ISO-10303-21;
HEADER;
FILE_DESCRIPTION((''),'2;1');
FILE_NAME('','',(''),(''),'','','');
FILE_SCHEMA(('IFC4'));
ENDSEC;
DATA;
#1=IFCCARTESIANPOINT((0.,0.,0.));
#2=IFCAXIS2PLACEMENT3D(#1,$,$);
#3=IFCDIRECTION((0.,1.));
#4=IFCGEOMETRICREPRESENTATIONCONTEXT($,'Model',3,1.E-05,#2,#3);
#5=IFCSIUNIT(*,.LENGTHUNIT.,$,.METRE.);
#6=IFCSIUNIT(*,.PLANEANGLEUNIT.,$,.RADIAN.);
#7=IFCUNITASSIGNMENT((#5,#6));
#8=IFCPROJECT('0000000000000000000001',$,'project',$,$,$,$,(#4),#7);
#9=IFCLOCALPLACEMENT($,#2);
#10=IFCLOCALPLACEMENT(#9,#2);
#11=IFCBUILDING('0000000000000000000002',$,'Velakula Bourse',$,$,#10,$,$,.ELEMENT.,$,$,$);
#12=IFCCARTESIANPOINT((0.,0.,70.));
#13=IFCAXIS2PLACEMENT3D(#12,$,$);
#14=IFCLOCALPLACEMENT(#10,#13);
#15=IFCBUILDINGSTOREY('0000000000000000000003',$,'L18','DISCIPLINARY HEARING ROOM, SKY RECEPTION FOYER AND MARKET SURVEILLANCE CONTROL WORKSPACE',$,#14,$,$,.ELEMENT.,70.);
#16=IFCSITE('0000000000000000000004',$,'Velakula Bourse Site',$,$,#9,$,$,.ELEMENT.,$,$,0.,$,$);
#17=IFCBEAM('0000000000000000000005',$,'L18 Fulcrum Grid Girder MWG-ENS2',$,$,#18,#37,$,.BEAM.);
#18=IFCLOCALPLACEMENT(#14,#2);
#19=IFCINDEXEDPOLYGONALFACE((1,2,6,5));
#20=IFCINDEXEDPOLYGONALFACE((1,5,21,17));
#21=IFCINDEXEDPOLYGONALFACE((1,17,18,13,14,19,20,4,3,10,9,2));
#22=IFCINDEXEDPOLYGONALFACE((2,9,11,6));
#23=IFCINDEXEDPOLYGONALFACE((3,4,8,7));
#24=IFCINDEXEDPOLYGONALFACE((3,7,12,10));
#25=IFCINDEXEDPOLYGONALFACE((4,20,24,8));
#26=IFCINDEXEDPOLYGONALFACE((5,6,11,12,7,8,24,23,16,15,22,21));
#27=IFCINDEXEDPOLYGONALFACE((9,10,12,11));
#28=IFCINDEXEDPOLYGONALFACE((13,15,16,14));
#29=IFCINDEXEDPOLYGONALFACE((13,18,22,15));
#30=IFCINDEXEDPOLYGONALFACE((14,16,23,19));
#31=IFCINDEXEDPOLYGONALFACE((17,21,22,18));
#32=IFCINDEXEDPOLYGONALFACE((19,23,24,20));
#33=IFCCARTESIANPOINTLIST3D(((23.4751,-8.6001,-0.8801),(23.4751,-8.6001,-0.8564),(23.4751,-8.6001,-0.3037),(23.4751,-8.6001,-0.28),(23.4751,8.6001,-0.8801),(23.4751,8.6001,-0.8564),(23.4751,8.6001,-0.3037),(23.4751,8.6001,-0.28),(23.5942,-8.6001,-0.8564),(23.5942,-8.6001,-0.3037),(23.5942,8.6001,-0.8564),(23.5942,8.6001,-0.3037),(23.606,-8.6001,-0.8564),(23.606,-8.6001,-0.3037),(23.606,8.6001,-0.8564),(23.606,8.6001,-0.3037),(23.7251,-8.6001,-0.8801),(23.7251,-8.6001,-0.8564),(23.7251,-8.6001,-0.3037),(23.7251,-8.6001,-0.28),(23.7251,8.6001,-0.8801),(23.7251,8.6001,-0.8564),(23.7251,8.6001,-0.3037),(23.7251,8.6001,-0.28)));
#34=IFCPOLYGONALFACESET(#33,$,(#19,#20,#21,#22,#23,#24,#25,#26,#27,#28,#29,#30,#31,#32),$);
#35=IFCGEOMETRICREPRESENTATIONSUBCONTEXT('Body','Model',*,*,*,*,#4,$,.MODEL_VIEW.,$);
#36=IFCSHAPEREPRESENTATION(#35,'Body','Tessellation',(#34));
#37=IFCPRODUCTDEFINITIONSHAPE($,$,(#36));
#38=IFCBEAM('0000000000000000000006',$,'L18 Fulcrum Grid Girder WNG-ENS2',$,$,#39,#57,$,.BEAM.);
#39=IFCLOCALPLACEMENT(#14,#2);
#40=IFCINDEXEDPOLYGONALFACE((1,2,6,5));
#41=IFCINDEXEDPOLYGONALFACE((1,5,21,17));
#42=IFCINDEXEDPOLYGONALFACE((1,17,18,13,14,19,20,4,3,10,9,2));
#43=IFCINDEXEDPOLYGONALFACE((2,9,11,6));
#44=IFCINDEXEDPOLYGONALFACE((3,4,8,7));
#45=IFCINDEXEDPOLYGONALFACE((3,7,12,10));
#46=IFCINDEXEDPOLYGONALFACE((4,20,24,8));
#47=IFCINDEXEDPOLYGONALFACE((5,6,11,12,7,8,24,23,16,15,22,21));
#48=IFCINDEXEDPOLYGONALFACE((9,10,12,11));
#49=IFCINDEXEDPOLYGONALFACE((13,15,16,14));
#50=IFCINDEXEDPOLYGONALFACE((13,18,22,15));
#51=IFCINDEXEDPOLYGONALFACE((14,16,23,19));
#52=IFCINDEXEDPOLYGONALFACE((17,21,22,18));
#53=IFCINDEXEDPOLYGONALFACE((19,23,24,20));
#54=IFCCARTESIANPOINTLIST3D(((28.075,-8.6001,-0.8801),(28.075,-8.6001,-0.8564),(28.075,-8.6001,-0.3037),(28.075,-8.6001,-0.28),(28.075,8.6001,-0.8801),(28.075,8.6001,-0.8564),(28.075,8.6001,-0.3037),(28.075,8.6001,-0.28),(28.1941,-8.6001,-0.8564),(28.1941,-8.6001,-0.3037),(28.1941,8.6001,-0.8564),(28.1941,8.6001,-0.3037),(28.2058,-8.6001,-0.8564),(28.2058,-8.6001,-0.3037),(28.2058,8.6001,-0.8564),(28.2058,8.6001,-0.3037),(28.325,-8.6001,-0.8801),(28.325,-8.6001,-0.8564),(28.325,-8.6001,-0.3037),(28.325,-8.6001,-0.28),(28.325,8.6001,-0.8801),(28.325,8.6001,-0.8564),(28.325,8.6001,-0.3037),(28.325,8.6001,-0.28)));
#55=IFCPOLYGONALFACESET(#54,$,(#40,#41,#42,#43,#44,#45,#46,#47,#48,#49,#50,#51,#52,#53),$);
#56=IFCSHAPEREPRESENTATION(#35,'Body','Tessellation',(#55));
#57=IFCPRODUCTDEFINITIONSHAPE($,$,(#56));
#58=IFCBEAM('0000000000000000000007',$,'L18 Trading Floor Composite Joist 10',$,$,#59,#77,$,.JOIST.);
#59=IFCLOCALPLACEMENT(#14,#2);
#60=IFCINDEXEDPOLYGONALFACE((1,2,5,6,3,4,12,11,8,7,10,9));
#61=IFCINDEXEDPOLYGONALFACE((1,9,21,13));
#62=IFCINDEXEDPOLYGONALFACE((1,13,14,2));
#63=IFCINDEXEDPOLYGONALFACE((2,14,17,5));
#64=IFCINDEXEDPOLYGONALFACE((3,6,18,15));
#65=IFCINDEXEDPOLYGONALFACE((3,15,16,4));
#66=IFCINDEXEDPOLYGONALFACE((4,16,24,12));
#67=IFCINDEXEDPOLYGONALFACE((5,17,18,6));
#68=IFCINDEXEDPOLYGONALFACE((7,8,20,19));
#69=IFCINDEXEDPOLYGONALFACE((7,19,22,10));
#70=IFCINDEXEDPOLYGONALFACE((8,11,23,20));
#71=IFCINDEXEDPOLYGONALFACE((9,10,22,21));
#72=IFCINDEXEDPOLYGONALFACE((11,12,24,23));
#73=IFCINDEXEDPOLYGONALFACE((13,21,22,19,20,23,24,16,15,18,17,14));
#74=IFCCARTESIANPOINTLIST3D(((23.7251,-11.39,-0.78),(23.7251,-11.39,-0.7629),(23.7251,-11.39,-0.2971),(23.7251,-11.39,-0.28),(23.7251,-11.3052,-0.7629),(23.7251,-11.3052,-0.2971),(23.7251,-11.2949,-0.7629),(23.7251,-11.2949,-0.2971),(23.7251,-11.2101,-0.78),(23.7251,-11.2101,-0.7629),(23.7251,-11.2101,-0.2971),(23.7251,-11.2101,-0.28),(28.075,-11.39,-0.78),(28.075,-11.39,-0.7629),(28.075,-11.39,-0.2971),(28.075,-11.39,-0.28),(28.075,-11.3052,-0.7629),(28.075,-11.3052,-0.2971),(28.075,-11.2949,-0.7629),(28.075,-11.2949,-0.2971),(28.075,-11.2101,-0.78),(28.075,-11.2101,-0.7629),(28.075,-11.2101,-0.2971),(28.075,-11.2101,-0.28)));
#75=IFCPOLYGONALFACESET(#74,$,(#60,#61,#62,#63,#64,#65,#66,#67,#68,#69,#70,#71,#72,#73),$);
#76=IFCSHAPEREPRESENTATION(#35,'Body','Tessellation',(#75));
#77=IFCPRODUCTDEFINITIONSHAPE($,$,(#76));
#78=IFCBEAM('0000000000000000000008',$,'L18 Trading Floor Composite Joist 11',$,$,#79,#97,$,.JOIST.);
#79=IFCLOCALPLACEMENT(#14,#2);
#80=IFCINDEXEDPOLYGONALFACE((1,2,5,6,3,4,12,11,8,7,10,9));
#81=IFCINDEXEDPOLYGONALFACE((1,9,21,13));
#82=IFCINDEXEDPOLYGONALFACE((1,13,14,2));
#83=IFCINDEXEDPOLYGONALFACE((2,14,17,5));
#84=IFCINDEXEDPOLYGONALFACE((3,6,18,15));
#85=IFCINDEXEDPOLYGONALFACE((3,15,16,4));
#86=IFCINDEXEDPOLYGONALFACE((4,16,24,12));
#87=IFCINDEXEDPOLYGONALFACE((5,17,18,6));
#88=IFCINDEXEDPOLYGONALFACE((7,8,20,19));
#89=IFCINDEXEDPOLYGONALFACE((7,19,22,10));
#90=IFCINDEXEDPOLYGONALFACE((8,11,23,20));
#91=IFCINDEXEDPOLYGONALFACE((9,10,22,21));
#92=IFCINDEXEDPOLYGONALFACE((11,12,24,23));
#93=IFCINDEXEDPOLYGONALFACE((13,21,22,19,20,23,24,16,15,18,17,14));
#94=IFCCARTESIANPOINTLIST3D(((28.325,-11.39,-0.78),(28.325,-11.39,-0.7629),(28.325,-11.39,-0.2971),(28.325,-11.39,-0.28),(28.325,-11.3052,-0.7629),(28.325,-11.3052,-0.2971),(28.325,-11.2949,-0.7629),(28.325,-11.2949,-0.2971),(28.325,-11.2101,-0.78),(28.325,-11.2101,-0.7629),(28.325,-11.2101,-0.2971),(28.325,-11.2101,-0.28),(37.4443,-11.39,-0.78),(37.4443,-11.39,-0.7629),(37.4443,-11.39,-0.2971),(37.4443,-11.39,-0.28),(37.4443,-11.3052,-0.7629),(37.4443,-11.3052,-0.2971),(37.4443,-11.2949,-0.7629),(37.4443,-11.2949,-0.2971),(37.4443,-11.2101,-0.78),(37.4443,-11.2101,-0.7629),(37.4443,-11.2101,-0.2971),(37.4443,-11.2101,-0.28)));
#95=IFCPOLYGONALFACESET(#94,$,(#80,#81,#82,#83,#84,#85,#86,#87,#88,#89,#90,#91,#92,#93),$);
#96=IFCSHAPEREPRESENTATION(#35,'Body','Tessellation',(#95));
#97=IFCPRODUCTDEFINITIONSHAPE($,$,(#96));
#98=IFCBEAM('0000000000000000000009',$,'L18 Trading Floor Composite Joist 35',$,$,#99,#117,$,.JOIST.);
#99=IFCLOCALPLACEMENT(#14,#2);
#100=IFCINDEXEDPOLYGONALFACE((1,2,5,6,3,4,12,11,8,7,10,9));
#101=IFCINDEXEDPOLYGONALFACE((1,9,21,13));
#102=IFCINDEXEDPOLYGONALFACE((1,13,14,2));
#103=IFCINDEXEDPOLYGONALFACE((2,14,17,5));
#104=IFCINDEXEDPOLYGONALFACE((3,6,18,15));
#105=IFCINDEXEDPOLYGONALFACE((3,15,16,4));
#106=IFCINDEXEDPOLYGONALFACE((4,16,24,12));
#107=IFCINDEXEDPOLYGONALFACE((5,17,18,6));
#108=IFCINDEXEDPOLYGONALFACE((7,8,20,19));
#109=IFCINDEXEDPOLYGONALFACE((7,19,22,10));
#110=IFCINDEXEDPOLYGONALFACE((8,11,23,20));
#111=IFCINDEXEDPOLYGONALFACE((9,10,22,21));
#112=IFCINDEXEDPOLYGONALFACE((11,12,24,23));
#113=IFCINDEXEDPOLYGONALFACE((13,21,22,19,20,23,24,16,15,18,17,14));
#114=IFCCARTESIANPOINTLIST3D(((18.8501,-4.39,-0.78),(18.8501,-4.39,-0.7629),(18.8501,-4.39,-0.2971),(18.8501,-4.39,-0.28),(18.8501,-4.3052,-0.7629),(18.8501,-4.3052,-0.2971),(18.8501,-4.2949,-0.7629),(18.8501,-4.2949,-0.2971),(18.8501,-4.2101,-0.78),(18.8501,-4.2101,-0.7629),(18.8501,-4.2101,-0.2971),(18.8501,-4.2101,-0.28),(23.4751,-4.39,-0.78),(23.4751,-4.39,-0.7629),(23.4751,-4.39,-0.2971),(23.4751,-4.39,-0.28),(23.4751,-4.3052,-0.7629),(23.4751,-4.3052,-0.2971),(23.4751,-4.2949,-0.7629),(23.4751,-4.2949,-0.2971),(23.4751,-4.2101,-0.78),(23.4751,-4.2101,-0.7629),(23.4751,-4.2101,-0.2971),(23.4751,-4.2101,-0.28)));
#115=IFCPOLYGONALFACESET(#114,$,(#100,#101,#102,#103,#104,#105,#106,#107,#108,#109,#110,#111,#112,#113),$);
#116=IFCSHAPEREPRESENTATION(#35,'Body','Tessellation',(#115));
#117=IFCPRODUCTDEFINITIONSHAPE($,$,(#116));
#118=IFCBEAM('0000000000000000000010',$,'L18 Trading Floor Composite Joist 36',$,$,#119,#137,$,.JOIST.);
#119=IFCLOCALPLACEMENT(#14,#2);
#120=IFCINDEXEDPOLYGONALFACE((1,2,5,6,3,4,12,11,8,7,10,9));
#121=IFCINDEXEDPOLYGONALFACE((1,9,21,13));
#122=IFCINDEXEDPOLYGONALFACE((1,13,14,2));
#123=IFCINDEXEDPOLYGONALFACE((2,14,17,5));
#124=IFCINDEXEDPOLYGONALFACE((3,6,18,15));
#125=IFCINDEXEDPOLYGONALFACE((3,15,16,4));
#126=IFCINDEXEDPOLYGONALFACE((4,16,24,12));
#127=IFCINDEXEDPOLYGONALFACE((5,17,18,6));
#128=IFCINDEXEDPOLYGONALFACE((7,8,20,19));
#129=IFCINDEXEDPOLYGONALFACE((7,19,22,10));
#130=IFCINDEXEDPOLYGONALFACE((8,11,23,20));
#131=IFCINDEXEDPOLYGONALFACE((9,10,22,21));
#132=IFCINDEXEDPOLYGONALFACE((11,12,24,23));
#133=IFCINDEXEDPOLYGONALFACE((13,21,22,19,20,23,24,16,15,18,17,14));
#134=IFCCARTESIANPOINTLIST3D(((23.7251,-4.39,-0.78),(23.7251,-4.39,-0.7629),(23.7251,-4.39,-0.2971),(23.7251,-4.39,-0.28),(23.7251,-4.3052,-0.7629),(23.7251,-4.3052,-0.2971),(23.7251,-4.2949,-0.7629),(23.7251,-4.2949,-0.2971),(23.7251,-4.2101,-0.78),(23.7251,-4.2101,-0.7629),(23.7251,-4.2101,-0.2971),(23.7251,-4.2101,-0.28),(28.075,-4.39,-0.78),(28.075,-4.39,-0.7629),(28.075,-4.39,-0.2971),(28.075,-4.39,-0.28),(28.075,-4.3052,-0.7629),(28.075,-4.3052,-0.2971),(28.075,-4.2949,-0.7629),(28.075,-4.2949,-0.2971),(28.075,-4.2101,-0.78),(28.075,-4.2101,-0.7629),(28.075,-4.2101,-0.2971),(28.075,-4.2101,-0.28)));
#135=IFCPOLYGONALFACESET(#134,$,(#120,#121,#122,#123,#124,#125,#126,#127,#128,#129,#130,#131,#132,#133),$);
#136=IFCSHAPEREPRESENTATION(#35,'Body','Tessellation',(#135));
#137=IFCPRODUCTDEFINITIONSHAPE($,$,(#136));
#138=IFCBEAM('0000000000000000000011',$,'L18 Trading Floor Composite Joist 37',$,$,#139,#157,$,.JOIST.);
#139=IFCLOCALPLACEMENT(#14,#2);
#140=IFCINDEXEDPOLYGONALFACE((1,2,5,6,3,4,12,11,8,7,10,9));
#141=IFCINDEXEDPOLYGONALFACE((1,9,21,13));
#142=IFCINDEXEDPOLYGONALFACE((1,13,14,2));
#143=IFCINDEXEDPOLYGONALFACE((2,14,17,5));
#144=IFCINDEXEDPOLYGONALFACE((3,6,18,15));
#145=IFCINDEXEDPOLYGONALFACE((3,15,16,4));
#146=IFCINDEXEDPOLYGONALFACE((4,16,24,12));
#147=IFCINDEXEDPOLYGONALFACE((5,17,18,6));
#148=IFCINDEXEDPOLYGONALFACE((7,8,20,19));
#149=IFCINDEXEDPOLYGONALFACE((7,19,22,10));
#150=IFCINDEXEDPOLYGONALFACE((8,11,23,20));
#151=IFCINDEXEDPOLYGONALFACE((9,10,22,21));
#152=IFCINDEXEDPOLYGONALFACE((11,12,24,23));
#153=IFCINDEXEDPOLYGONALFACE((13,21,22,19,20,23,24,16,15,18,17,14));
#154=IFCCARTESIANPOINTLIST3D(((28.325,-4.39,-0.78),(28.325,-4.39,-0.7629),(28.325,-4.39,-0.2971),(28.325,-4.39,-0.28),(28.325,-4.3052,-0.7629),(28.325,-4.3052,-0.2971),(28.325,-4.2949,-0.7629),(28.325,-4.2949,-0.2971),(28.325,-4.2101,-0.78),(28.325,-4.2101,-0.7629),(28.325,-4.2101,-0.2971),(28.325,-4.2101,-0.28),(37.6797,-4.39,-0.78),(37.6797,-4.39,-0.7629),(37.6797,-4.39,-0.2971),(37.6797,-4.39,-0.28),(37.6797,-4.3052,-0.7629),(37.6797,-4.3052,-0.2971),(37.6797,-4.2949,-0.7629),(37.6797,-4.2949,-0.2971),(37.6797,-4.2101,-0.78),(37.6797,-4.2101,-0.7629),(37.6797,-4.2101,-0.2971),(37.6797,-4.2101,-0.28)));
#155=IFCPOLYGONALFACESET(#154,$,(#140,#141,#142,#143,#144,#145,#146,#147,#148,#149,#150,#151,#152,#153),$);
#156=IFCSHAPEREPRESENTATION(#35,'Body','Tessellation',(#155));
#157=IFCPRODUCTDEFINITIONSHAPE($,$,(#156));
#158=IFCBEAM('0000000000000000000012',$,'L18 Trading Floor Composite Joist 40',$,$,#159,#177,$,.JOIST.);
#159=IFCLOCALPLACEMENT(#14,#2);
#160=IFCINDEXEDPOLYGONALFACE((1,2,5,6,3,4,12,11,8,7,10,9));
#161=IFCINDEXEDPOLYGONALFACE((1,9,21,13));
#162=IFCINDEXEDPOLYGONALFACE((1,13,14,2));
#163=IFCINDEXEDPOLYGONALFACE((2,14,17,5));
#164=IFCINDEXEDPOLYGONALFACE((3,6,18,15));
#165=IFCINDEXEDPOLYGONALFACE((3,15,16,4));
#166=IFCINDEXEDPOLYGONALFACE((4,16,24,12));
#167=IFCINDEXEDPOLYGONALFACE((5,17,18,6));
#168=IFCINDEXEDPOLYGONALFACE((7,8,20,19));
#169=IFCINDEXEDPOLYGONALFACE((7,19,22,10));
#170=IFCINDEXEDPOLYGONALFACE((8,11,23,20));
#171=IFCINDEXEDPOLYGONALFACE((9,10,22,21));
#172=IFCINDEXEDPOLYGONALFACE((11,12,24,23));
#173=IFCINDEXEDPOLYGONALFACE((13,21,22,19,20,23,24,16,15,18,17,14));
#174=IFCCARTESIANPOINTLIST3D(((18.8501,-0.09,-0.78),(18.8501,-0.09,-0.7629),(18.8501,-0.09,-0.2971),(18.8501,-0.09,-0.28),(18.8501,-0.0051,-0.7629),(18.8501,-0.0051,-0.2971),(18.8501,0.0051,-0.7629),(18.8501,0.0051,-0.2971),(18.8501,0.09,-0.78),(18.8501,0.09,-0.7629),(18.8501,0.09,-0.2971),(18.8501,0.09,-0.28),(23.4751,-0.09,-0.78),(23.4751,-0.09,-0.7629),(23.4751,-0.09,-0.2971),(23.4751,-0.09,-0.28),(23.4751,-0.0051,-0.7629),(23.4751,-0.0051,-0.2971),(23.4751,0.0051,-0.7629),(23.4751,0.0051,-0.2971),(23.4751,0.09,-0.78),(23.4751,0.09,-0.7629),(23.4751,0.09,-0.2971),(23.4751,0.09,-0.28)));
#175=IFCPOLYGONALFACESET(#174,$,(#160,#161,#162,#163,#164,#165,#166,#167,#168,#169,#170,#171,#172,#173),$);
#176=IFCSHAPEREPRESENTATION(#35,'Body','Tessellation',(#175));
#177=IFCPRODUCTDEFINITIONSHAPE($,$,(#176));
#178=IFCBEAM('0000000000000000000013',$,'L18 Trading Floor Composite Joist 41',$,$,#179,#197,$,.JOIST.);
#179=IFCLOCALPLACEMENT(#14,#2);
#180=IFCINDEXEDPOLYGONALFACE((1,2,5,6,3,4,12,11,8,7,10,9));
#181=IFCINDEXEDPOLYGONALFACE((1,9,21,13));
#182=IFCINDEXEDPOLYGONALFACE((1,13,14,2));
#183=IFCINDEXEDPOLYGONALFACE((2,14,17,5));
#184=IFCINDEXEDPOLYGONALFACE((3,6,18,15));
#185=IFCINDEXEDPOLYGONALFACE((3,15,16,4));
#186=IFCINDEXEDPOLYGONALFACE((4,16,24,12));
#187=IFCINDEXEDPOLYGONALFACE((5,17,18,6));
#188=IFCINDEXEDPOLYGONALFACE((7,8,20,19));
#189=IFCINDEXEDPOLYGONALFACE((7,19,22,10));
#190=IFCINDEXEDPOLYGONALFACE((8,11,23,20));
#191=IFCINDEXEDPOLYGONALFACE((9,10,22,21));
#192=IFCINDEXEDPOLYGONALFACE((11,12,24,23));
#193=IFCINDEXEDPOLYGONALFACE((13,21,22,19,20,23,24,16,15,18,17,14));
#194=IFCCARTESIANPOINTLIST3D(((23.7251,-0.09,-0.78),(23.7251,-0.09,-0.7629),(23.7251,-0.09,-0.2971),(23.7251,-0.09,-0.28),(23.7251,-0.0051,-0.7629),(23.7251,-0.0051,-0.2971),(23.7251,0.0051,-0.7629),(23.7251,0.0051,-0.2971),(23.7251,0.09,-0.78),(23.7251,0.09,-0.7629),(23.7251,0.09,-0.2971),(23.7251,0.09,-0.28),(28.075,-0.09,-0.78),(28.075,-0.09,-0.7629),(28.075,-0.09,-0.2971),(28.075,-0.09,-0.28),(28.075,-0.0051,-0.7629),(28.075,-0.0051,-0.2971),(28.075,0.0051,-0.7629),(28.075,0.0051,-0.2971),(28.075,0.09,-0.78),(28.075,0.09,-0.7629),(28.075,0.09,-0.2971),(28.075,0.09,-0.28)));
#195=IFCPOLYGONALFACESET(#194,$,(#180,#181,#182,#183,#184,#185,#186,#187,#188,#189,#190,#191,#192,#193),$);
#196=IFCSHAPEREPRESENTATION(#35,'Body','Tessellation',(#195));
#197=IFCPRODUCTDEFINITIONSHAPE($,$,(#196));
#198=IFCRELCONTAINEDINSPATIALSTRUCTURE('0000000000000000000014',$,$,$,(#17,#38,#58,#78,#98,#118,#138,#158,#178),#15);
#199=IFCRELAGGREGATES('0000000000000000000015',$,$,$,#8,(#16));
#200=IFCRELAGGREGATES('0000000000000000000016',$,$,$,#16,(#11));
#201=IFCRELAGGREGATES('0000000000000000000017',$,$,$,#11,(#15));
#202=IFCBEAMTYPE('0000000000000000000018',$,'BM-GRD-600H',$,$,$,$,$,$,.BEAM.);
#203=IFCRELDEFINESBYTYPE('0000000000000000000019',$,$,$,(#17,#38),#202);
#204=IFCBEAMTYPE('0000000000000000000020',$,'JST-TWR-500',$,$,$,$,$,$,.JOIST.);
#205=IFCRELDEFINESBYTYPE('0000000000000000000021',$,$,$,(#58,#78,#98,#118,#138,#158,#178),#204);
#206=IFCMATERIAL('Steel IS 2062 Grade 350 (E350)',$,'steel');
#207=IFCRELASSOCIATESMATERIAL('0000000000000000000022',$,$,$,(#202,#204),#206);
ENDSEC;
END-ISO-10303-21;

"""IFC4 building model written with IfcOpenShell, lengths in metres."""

from ifc_helpers import new_model, si_unit, direction, frame, origin, origin_2d, place, context, subcontext, project, spatial, i_section, extrude, material, material_profile, profile_set, type_object, element, save


model = new_model("IFC4")

# Units and contexts
model_context = context("Model", 3, precision=1e-05, world=origin(), true_north=direction((0.0, 1.0)))
body_context = subcontext(model_context, "Body", "Model", "MODEL_VIEW")
ifc_project = project(units=[si_unit("LENGTHUNIT", "METRE"), si_unit("PLANEANGLEUNIT", "RADIAN")], contexts=[model_context])

# Site, building, storey
site_placement = place(None, origin())
site = spatial("IfcSite", under=ifc_project, at=site_placement, Name="Velakula Bourse Site", CompositionType="ELEMENT", RefElevation=0.0)
building_placement = place(site_placement, origin())
building = spatial("IfcBuilding", under=site, at=building_placement, Name="Velakula Bourse", CompositionType="ELEMENT")
storey_placement = place(building_placement, frame((0.0, 0.0, 70.0)))
storey = spatial("IfcBuildingStorey", under=building, at=storey_placement, Name="L18", Description="DISCIPLINARY HEARING ROOM, SKY RECEPTION FOYER AND MARKET SURVEILLANCE CONTROL WORKSPACE", CompositionType="ELEMENT", Elevation=70.0)

# Beams
ifc_material_1 = material(Name="Steel IS 2062 Grade 350 (E350)", Category="steel")
ifc_material_profile_1 = material_profile(ifc_material_1, i_section(OverallWidth=0.25, OverallDepth=0.6001, WebThickness=0.0117, FlangeThickness=0.0237, at=origin_2d()), Name="Steel IS 2062 Grade 350 (E350)")
ifc_profile_set_1 = profile_set([ifc_material_profile_1], Name="Steel IS 2062 Grade 350 (E350)")
beam_type_1 = type_object("IfcBeamType", Name="BM-GRD-600H", PredefinedType="BEAM", material=ifc_profile_set_1)
for number, where, z_axis, x_axis, name in (
    (1, (23.6001, -8.6001, -0.5801), (0.0, 1.0, 0.0), (-1.0, 0.0, 0.0), "L18 Fulcrum Grid Girder MWG-ENS2"),
    (2, (28.2, -8.6001, -0.5801), (0.0, 1.0, 0.0), (-1.0, 0.0, 0.0), "L18 Fulcrum Grid Girder WNG-ENS2"),
):
    element("IfcBeam", number, at=place(storey_placement, frame(where, z_axis=z_axis, x_axis=x_axis)), inside=storey, type_object=beam_type_1, Name=name, PredefinedType="BEAM", context=body_context, shape_type="SweptSolid", body=[
        extrude(i_section(OverallWidth=0.25, OverallDepth=0.6001, WebThickness=0.0117, FlangeThickness=0.0237, at=origin_2d()), origin(), (0.0, 0.0, 1.0), 17.2002),
    ])
ifc_material_profile_2 = material_profile(ifc_material_1, i_section(OverallWidth=0.1799, OverallDepth=0.5, WebThickness=0.0103, FlangeThickness=0.0171, at=origin_2d()), Name="Steel IS 2062 Grade 350 (E350)")
ifc_profile_set_2 = profile_set([ifc_material_profile_2], Name="Steel IS 2062 Grade 350 (E350)")
beam_type_2 = type_object("IfcBeamType", Name="JST-TWR-500", PredefinedType="JOIST", material=ifc_profile_set_2)
beam_1_placement = place(storey_placement, frame((23.7251, -11.3, -0.53), z_axis=(1.0, 0.0, 0.0), x_axis=(0.0, 1.0, 0.0)))
element("IfcBeam", 3, at=beam_1_placement, inside=storey, type_object=beam_type_2, Name="L18 Trading Floor Composite Joist 10", PredefinedType="JOIST", context=body_context, shape_type="SweptSolid", body=[
    extrude(i_section(OverallWidth=0.1799, OverallDepth=0.5, WebThickness=0.0103, FlangeThickness=0.0171, at=origin_2d()), origin(), (0.0, 0.0, 1.0), 4.3499),
])
beam_2_placement = place(storey_placement, frame((28.325, -11.3, -0.53), z_axis=(1.0, 0.0, 0.0), x_axis=(0.0, 1.0, 0.0)))
element("IfcBeam", 4, at=beam_2_placement, inside=storey, type_object=beam_type_2, Name="L18 Trading Floor Composite Joist 11", PredefinedType="JOIST", context=body_context, shape_type="SweptSolid", body=[
    extrude(i_section(OverallWidth=0.1799, OverallDepth=0.5, WebThickness=0.0103, FlangeThickness=0.0171, at=origin_2d()), origin(), (0.0, 0.0, 1.0), 9.1194),
])
beam_3_placement = place(storey_placement, frame((18.8501, -4.3, -0.53), z_axis=(1.0, 0.0, 0.0), x_axis=(0.0, 1.0, 0.0)))
element("IfcBeam", 5, at=beam_3_placement, inside=storey, type_object=beam_type_2, Name="L18 Trading Floor Composite Joist 35", PredefinedType="JOIST", context=body_context, shape_type="SweptSolid", body=[
    extrude(i_section(OverallWidth=0.1799, OverallDepth=0.5, WebThickness=0.0103, FlangeThickness=0.0171, at=origin_2d()), origin(), (0.0, 0.0, 1.0), 4.625),
])
beam_4_placement = place(storey_placement, frame((23.7251, -4.3, -0.53), z_axis=(1.0, 0.0, 0.0), x_axis=(0.0, 1.0, 0.0)))
element("IfcBeam", 6, at=beam_4_placement, inside=storey, type_object=beam_type_2, Name="L18 Trading Floor Composite Joist 36", PredefinedType="JOIST", context=body_context, shape_type="SweptSolid", body=[
    extrude(i_section(OverallWidth=0.1799, OverallDepth=0.5, WebThickness=0.0103, FlangeThickness=0.0171, at=origin_2d()), origin(), (0.0, 0.0, 1.0), 4.3499),
])
beam_5_placement = place(storey_placement, frame((28.325, -4.3, -0.53), z_axis=(1.0, 0.0, 0.0), x_axis=(0.0, 1.0, 0.0)))
element("IfcBeam", 7, at=beam_5_placement, inside=storey, type_object=beam_type_2, Name="L18 Trading Floor Composite Joist 37", PredefinedType="JOIST", context=body_context, shape_type="SweptSolid", body=[
    extrude(i_section(OverallWidth=0.1799, OverallDepth=0.5, WebThickness=0.0103, FlangeThickness=0.0171, at=origin_2d()), origin(), (0.0, 0.0, 1.0), 9.3547),
])
beam_6_placement = place(storey_placement, frame((18.8501, 0.0, -0.53), z_axis=(1.0, 0.0, 0.0), x_axis=(0.0, 1.0, 0.0)))
element("IfcBeam", 8, at=beam_6_placement, inside=storey, type_object=beam_type_2, Name="L18 Trading Floor Composite Joist 40", PredefinedType="JOIST", context=body_context, shape_type="SweptSolid", body=[
    extrude(i_section(OverallWidth=0.1799, OverallDepth=0.5, WebThickness=0.0103, FlangeThickness=0.0171, at=origin_2d()), origin(), (0.0, 0.0, 1.0), 4.625),
])
beam_7_placement = place(storey_placement, frame((23.7251, 0.0, -0.53), z_axis=(1.0, 0.0, 0.0), x_axis=(0.0, 1.0, 0.0)))
element("IfcBeam", 9, at=beam_7_placement, inside=storey, type_object=beam_type_2, Name="L18 Trading Floor Composite Joist 41", PredefinedType="JOIST", context=body_context, shape_type="SweptSolid", body=[
    extrude(i_section(OverallWidth=0.1799, OverallDepth=0.5, WebThickness=0.0103, FlangeThickness=0.0171, at=origin_2d()), origin(), (0.0, 0.0, 1.0), 4.3499),
])

save(model, "model.ifc")
